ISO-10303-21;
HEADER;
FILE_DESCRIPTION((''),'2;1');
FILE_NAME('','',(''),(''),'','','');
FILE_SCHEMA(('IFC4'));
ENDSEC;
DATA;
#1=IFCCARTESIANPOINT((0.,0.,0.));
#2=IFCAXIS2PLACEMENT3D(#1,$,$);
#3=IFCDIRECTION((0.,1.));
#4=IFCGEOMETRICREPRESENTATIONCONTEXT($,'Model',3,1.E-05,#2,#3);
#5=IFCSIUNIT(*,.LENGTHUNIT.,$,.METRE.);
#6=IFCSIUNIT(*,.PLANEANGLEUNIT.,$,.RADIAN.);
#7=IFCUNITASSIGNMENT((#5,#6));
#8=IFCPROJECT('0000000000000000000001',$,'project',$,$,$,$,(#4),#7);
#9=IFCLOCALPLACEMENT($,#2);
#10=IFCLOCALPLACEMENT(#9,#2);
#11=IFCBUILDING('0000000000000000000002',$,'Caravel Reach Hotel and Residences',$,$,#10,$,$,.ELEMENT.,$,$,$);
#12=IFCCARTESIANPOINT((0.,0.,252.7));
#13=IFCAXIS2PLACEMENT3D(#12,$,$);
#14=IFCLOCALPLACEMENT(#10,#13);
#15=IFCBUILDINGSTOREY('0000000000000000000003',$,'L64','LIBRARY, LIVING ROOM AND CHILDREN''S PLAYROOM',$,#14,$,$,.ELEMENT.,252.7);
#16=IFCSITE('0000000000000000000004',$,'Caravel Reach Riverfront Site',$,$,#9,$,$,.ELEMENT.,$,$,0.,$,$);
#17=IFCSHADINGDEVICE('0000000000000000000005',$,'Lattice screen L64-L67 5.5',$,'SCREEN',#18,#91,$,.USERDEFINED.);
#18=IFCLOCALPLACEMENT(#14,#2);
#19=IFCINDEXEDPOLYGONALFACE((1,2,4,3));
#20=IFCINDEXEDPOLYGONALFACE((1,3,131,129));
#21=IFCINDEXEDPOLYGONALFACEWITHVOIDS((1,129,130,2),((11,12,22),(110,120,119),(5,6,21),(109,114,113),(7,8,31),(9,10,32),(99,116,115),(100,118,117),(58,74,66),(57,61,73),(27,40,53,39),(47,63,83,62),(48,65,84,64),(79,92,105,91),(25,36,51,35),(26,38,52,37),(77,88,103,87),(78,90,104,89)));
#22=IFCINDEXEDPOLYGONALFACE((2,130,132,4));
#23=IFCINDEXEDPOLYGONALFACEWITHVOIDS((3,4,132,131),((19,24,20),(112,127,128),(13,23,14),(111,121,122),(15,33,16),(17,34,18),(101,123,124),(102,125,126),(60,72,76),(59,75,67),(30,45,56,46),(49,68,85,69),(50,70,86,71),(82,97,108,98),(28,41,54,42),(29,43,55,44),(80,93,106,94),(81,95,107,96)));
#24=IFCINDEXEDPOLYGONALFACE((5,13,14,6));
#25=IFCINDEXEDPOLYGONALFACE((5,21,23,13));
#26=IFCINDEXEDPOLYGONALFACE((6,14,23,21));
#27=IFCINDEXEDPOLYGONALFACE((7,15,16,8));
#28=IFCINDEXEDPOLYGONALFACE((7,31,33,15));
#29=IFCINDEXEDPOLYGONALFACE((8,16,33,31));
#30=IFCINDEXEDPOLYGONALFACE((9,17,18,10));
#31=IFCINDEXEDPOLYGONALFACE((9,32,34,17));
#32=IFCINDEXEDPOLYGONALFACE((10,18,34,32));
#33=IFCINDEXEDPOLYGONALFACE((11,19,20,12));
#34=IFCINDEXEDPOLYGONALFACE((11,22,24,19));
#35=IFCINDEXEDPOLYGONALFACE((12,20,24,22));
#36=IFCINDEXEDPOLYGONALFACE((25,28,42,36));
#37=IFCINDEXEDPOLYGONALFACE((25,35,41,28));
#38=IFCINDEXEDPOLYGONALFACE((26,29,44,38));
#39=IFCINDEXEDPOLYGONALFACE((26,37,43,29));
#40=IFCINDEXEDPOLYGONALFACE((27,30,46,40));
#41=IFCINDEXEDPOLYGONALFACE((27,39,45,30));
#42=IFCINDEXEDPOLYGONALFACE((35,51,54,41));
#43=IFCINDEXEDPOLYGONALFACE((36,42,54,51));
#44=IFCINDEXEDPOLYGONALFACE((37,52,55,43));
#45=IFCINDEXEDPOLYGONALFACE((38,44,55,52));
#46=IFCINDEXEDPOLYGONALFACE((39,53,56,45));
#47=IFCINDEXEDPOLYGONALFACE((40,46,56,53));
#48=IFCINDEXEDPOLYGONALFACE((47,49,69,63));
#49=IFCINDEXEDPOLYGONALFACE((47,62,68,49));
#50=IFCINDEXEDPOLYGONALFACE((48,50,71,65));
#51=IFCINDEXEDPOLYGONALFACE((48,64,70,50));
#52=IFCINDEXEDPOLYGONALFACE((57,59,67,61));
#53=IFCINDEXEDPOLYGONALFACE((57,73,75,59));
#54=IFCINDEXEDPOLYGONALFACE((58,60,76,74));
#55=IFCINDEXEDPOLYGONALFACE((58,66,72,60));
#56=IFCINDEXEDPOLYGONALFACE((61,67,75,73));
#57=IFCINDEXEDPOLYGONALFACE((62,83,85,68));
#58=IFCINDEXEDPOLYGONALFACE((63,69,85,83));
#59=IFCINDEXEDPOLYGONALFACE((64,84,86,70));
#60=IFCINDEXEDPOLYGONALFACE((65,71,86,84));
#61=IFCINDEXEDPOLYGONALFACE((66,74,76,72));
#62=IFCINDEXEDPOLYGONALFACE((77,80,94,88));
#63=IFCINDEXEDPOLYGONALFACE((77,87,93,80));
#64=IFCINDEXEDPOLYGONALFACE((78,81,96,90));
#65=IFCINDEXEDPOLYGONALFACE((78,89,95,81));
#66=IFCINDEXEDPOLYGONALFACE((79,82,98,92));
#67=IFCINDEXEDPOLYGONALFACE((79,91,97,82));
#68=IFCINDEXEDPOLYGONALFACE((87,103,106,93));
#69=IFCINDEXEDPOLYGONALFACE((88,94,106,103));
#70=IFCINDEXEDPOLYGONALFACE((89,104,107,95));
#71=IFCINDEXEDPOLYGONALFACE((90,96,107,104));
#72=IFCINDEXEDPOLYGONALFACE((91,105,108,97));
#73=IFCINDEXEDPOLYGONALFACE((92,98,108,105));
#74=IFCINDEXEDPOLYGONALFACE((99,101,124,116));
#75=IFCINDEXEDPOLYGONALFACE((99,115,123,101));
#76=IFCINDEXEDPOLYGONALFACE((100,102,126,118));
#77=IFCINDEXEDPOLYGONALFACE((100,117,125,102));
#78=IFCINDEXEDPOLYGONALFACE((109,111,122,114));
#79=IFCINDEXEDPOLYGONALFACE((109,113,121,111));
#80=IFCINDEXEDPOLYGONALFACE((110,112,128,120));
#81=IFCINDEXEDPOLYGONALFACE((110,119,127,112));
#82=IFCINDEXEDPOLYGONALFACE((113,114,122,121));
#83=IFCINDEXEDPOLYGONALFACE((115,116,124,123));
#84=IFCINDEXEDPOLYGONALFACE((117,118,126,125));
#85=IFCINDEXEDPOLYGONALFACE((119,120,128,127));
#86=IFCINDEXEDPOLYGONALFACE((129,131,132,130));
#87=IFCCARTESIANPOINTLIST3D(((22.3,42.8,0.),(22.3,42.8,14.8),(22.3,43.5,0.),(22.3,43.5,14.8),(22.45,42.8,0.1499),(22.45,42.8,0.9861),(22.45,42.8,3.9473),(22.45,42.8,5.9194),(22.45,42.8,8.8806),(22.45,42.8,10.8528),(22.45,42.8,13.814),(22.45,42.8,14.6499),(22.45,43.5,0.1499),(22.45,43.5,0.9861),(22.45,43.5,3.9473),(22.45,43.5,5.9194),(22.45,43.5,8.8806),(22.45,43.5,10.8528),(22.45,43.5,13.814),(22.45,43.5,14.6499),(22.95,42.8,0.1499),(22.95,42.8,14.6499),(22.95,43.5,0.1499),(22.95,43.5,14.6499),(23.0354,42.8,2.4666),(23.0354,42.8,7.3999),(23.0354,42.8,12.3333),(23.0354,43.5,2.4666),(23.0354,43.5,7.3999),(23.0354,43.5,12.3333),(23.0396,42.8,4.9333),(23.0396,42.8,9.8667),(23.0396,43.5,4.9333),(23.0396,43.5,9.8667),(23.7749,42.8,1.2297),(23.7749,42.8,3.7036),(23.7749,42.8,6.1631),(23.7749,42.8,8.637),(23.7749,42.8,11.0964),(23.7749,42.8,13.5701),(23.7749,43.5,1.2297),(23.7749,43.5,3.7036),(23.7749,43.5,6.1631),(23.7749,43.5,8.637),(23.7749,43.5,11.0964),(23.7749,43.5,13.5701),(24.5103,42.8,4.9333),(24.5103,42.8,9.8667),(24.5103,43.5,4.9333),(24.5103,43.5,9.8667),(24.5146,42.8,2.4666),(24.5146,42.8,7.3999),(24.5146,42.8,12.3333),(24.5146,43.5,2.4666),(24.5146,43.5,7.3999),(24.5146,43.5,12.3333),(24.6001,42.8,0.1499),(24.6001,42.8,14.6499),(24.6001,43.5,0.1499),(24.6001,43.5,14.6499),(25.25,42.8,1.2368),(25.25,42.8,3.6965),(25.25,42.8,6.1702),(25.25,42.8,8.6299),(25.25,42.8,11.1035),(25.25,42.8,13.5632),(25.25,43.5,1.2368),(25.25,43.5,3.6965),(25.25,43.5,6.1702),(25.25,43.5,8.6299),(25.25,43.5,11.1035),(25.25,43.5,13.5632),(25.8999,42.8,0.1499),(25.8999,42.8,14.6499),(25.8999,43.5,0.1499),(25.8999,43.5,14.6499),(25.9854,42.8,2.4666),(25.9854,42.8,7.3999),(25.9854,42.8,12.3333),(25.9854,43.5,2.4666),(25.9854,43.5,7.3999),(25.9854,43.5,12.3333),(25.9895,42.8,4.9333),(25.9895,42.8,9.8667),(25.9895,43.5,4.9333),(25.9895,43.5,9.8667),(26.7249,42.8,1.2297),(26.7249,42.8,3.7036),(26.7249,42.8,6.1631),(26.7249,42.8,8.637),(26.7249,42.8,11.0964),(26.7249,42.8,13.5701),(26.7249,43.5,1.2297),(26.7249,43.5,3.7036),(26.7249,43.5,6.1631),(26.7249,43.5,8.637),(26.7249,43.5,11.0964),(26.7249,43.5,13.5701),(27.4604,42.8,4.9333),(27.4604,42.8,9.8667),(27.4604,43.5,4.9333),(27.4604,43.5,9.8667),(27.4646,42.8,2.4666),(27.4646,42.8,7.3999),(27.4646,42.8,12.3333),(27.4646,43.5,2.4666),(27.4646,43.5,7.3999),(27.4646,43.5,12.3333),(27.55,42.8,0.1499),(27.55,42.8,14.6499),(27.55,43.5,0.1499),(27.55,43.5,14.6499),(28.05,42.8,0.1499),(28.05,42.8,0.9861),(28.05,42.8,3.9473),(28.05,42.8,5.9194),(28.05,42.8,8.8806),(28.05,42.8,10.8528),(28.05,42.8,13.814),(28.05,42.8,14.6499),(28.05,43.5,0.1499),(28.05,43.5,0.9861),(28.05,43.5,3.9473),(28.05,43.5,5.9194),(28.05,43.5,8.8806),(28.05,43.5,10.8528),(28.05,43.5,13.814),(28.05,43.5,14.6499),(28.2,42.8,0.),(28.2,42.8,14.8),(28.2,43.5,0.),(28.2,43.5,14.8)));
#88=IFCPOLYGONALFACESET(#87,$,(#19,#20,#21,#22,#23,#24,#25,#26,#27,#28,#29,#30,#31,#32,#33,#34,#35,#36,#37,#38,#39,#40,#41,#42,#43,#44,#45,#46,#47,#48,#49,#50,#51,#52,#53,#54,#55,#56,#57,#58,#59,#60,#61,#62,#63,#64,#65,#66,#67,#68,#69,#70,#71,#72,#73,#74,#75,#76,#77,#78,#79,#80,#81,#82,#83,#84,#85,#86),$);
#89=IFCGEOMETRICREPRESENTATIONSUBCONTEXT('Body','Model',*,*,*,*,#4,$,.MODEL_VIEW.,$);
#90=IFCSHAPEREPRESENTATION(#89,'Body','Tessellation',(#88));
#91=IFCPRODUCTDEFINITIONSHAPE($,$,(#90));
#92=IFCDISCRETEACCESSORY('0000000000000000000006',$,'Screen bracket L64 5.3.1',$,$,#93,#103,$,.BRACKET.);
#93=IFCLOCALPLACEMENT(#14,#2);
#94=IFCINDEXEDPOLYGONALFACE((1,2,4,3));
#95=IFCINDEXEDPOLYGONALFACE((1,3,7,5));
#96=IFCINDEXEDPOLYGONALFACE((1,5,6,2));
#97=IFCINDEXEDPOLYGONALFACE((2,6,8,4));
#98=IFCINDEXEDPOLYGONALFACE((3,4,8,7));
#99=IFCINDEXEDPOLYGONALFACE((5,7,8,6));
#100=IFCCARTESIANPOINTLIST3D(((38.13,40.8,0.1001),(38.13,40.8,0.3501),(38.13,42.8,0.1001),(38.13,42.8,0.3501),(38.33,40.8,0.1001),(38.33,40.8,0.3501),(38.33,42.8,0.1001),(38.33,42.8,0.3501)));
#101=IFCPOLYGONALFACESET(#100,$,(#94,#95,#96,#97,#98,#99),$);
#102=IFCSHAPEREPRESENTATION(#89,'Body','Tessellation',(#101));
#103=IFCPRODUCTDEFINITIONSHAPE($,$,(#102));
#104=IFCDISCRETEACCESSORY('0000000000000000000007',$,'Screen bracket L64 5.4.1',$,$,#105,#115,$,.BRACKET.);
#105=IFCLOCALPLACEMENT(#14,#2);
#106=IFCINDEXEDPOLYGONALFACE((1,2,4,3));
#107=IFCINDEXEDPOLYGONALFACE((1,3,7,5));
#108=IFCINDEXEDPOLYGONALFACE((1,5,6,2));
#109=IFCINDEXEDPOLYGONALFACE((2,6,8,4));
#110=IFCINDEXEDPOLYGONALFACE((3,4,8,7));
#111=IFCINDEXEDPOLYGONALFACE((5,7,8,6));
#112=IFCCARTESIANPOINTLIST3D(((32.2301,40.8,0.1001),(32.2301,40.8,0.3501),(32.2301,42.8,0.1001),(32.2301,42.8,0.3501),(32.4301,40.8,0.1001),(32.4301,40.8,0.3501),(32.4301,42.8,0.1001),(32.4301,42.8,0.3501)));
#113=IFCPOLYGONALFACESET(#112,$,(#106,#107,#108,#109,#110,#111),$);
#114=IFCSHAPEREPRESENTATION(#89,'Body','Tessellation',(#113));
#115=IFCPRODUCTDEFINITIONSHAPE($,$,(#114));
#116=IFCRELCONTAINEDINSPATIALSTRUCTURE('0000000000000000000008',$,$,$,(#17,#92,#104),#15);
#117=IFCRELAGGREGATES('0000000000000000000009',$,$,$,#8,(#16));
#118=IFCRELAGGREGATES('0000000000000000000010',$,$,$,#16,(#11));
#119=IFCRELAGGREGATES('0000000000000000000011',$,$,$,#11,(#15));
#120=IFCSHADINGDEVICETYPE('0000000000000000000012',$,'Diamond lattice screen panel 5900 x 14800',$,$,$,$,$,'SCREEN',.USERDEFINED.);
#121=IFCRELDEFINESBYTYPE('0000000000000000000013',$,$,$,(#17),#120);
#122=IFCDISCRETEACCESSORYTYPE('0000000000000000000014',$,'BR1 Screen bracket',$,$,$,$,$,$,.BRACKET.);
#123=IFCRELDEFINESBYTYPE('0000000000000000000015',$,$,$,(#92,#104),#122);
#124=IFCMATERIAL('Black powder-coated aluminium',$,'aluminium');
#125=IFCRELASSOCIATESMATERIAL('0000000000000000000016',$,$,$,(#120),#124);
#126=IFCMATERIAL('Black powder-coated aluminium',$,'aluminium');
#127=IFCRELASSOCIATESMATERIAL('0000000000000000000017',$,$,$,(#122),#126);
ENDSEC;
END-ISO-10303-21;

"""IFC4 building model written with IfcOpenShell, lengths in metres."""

from ifc_helpers import new_model, si_unit, direction, frame, origin, origin_2d, place, context, subcontext, project, spatial, polyline, rectangle, outline, extrude, material, type_object, element, save


model = new_model("IFC4")

# Units and contexts
model_context = context("Model", 3, precision=1e-05, world=origin(), true_north=direction((0.0, 1.0)))
body_context = subcontext(model_context, "Body", "Model", "MODEL_VIEW")
ifc_project = project(units=[si_unit("LENGTHUNIT", "METRE"), si_unit("PLANEANGLEUNIT", "RADIAN")], contexts=[model_context])

# Site, building, storey
site_placement = place(None, origin())
site = spatial("IfcSite", under=ifc_project, at=site_placement, Name="Caravel Reach Riverfront Site", CompositionType="ELEMENT", RefElevation=0.0)
building_placement = place(site_placement, origin())
building = spatial("IfcBuilding", under=site, at=building_placement, Name="Caravel Reach Hotel and Residences", CompositionType="ELEMENT")
storey_placement = place(building_placement, frame((0.0, 0.0, 252.7)))
storey = spatial("IfcBuildingStorey", under=building, at=storey_placement, Name="L64", Description="LIBRARY, LIVING ROOM AND CHILDREN'S PLAYROOM", CompositionType="ELEMENT", Elevation=252.7)

# Shading device
ifc_material_1 = material(Name="Black powder-coated aluminium", Category="aluminium")
shading_device_type = type_object("IfcShadingDeviceType", Name="Diamond lattice screen panel 5900 x 14800", ElementType="SCREEN", PredefinedType="USERDEFINED", material=ifc_material_1)
shading_device_1_placement = place(storey_placement, frame((28.2, 42.8, 0.0), z_axis=(0.0, 1.0, 0.0), x_axis=(-1.0, 0.0, 0.0)))
element("IfcShadingDevice", 1, at=shading_device_1_placement, inside=storey, type_object=shading_device_type, Name="Lattice screen L64-L67 5.5", ObjectType="SCREEN", PredefinedType="USERDEFINED", context=body_context, shape_type="SweptSolid", body=[
    extrude(outline(polyline([(0.0, 0.0), (5.8999, 0.0), (5.8999, 14.8), (0.0, 14.8), (0.0, 0.0)]), holes=[polyline([(0.6499, 0.1499), (0.1499, 0.9861), (0.1499, 0.1499), (0.6499, 0.1499)]), polyline([(0.7395, 4.9333), (0.1499, 5.9194), (0.1499, 3.9473), (0.7395, 4.9333)]), polyline([(0.7395, 9.8667), (0.1499, 10.8528), (0.1499, 8.8806), (0.7395, 9.8667)]), polyline([(0.1499, 13.814), (0.6499, 14.6499), (0.1499, 14.6499), (0.1499, 13.814)]), polyline([(1.4751, 3.7036), (0.7354, 2.4666), (1.4751, 1.2297), (2.2146, 2.4666), (1.4751, 3.7036)]), polyline([(1.4751, 8.637), (0.7354, 7.3999), (1.4751, 6.1631), (2.2146, 7.3999), (1.4751, 8.637)]), polyline([(1.4751, 13.5701), (0.7354, 12.3333), (1.4751, 11.0964), (2.2146, 12.3333), (1.4751, 13.5701)]), polyline([(2.95, 1.2368), (2.3, 0.1499), (3.5999, 0.1499), (2.95, 1.2368)]), polyline([(2.95, 6.1702), (2.2104, 4.9333), (2.95, 3.6965), (3.6897, 4.9333), (2.95, 6.1702)]), polyline([(2.95, 11.1035), (2.2104, 9.8667), (2.95, 8.6299), (3.6897, 9.8667), (2.95, 11.1035)]), polyline([(2.95, 13.5632), (3.5999, 14.6499), (2.3, 14.6499), (2.95, 13.5632)]), polyline([(4.425, 3.7036), (3.6853, 2.4666), (4.425, 1.2297), (5.1646, 2.4666), (4.425, 3.7036)]), polyline([(4.425, 8.637), (3.6853, 7.3999), (4.425, 6.1631), (5.1646, 7.3999), (4.425, 8.637)]), polyline([(4.425, 13.5701), (3.6853, 12.3333), (4.425, 11.0964), (5.1646, 12.3333), (4.425, 13.5701)]), polyline([(5.75, 0.9861), (5.25, 0.1499), (5.75, 0.1499), (5.75, 0.9861)]), polyline([(5.1604, 4.9333), (5.75, 3.9473), (5.75, 5.9194), (5.1604, 4.9333)]), polyline([(5.1604, 9.8667), (5.75, 8.8806), (5.75, 10.8528), (5.1604, 9.8667)]), polyline([(5.25, 14.6499), (5.75, 13.814), (5.75, 14.6499), (5.25, 14.6499)])]), origin(), (0.0, 0.0, 1.0), 0.7),
])

# Discrete accessories
ifc_material_2 = material(Name="Black powder-coated aluminium", Category="aluminium")
discrete_accessory_type = type_object("IfcDiscreteAccessoryType", Name="BR1 Screen bracket", PredefinedType="BRACKET", material=ifc_material_2)
for number, where, z_axis, x_axis, name in (
    (2, (38.23, 41.8, 0.1001), (0.0, 0.0, 1.0), (0.0, 1.0, 0.0), "Screen bracket L64 5.3.1"),
    (3, (32.3301, 41.8, 0.1001), (0.0, 0.0, 1.0), (0.0, 1.0, 0.0), "Screen bracket L64 5.4.1"),
):
    element("IfcDiscreteAccessory", number, at=place(storey_placement, frame(where, z_axis=z_axis, x_axis=x_axis)), inside=storey, type_object=discrete_accessory_type, Name=name, PredefinedType="BRACKET", context=body_context, shape_type="SweptSolid", body=[
        extrude(rectangle(XDim=2.0, YDim=0.2, at=origin_2d()), origin(), (0.0, 0.0, 1.0), 0.25),
    ])

save(model, "model.ifc")
